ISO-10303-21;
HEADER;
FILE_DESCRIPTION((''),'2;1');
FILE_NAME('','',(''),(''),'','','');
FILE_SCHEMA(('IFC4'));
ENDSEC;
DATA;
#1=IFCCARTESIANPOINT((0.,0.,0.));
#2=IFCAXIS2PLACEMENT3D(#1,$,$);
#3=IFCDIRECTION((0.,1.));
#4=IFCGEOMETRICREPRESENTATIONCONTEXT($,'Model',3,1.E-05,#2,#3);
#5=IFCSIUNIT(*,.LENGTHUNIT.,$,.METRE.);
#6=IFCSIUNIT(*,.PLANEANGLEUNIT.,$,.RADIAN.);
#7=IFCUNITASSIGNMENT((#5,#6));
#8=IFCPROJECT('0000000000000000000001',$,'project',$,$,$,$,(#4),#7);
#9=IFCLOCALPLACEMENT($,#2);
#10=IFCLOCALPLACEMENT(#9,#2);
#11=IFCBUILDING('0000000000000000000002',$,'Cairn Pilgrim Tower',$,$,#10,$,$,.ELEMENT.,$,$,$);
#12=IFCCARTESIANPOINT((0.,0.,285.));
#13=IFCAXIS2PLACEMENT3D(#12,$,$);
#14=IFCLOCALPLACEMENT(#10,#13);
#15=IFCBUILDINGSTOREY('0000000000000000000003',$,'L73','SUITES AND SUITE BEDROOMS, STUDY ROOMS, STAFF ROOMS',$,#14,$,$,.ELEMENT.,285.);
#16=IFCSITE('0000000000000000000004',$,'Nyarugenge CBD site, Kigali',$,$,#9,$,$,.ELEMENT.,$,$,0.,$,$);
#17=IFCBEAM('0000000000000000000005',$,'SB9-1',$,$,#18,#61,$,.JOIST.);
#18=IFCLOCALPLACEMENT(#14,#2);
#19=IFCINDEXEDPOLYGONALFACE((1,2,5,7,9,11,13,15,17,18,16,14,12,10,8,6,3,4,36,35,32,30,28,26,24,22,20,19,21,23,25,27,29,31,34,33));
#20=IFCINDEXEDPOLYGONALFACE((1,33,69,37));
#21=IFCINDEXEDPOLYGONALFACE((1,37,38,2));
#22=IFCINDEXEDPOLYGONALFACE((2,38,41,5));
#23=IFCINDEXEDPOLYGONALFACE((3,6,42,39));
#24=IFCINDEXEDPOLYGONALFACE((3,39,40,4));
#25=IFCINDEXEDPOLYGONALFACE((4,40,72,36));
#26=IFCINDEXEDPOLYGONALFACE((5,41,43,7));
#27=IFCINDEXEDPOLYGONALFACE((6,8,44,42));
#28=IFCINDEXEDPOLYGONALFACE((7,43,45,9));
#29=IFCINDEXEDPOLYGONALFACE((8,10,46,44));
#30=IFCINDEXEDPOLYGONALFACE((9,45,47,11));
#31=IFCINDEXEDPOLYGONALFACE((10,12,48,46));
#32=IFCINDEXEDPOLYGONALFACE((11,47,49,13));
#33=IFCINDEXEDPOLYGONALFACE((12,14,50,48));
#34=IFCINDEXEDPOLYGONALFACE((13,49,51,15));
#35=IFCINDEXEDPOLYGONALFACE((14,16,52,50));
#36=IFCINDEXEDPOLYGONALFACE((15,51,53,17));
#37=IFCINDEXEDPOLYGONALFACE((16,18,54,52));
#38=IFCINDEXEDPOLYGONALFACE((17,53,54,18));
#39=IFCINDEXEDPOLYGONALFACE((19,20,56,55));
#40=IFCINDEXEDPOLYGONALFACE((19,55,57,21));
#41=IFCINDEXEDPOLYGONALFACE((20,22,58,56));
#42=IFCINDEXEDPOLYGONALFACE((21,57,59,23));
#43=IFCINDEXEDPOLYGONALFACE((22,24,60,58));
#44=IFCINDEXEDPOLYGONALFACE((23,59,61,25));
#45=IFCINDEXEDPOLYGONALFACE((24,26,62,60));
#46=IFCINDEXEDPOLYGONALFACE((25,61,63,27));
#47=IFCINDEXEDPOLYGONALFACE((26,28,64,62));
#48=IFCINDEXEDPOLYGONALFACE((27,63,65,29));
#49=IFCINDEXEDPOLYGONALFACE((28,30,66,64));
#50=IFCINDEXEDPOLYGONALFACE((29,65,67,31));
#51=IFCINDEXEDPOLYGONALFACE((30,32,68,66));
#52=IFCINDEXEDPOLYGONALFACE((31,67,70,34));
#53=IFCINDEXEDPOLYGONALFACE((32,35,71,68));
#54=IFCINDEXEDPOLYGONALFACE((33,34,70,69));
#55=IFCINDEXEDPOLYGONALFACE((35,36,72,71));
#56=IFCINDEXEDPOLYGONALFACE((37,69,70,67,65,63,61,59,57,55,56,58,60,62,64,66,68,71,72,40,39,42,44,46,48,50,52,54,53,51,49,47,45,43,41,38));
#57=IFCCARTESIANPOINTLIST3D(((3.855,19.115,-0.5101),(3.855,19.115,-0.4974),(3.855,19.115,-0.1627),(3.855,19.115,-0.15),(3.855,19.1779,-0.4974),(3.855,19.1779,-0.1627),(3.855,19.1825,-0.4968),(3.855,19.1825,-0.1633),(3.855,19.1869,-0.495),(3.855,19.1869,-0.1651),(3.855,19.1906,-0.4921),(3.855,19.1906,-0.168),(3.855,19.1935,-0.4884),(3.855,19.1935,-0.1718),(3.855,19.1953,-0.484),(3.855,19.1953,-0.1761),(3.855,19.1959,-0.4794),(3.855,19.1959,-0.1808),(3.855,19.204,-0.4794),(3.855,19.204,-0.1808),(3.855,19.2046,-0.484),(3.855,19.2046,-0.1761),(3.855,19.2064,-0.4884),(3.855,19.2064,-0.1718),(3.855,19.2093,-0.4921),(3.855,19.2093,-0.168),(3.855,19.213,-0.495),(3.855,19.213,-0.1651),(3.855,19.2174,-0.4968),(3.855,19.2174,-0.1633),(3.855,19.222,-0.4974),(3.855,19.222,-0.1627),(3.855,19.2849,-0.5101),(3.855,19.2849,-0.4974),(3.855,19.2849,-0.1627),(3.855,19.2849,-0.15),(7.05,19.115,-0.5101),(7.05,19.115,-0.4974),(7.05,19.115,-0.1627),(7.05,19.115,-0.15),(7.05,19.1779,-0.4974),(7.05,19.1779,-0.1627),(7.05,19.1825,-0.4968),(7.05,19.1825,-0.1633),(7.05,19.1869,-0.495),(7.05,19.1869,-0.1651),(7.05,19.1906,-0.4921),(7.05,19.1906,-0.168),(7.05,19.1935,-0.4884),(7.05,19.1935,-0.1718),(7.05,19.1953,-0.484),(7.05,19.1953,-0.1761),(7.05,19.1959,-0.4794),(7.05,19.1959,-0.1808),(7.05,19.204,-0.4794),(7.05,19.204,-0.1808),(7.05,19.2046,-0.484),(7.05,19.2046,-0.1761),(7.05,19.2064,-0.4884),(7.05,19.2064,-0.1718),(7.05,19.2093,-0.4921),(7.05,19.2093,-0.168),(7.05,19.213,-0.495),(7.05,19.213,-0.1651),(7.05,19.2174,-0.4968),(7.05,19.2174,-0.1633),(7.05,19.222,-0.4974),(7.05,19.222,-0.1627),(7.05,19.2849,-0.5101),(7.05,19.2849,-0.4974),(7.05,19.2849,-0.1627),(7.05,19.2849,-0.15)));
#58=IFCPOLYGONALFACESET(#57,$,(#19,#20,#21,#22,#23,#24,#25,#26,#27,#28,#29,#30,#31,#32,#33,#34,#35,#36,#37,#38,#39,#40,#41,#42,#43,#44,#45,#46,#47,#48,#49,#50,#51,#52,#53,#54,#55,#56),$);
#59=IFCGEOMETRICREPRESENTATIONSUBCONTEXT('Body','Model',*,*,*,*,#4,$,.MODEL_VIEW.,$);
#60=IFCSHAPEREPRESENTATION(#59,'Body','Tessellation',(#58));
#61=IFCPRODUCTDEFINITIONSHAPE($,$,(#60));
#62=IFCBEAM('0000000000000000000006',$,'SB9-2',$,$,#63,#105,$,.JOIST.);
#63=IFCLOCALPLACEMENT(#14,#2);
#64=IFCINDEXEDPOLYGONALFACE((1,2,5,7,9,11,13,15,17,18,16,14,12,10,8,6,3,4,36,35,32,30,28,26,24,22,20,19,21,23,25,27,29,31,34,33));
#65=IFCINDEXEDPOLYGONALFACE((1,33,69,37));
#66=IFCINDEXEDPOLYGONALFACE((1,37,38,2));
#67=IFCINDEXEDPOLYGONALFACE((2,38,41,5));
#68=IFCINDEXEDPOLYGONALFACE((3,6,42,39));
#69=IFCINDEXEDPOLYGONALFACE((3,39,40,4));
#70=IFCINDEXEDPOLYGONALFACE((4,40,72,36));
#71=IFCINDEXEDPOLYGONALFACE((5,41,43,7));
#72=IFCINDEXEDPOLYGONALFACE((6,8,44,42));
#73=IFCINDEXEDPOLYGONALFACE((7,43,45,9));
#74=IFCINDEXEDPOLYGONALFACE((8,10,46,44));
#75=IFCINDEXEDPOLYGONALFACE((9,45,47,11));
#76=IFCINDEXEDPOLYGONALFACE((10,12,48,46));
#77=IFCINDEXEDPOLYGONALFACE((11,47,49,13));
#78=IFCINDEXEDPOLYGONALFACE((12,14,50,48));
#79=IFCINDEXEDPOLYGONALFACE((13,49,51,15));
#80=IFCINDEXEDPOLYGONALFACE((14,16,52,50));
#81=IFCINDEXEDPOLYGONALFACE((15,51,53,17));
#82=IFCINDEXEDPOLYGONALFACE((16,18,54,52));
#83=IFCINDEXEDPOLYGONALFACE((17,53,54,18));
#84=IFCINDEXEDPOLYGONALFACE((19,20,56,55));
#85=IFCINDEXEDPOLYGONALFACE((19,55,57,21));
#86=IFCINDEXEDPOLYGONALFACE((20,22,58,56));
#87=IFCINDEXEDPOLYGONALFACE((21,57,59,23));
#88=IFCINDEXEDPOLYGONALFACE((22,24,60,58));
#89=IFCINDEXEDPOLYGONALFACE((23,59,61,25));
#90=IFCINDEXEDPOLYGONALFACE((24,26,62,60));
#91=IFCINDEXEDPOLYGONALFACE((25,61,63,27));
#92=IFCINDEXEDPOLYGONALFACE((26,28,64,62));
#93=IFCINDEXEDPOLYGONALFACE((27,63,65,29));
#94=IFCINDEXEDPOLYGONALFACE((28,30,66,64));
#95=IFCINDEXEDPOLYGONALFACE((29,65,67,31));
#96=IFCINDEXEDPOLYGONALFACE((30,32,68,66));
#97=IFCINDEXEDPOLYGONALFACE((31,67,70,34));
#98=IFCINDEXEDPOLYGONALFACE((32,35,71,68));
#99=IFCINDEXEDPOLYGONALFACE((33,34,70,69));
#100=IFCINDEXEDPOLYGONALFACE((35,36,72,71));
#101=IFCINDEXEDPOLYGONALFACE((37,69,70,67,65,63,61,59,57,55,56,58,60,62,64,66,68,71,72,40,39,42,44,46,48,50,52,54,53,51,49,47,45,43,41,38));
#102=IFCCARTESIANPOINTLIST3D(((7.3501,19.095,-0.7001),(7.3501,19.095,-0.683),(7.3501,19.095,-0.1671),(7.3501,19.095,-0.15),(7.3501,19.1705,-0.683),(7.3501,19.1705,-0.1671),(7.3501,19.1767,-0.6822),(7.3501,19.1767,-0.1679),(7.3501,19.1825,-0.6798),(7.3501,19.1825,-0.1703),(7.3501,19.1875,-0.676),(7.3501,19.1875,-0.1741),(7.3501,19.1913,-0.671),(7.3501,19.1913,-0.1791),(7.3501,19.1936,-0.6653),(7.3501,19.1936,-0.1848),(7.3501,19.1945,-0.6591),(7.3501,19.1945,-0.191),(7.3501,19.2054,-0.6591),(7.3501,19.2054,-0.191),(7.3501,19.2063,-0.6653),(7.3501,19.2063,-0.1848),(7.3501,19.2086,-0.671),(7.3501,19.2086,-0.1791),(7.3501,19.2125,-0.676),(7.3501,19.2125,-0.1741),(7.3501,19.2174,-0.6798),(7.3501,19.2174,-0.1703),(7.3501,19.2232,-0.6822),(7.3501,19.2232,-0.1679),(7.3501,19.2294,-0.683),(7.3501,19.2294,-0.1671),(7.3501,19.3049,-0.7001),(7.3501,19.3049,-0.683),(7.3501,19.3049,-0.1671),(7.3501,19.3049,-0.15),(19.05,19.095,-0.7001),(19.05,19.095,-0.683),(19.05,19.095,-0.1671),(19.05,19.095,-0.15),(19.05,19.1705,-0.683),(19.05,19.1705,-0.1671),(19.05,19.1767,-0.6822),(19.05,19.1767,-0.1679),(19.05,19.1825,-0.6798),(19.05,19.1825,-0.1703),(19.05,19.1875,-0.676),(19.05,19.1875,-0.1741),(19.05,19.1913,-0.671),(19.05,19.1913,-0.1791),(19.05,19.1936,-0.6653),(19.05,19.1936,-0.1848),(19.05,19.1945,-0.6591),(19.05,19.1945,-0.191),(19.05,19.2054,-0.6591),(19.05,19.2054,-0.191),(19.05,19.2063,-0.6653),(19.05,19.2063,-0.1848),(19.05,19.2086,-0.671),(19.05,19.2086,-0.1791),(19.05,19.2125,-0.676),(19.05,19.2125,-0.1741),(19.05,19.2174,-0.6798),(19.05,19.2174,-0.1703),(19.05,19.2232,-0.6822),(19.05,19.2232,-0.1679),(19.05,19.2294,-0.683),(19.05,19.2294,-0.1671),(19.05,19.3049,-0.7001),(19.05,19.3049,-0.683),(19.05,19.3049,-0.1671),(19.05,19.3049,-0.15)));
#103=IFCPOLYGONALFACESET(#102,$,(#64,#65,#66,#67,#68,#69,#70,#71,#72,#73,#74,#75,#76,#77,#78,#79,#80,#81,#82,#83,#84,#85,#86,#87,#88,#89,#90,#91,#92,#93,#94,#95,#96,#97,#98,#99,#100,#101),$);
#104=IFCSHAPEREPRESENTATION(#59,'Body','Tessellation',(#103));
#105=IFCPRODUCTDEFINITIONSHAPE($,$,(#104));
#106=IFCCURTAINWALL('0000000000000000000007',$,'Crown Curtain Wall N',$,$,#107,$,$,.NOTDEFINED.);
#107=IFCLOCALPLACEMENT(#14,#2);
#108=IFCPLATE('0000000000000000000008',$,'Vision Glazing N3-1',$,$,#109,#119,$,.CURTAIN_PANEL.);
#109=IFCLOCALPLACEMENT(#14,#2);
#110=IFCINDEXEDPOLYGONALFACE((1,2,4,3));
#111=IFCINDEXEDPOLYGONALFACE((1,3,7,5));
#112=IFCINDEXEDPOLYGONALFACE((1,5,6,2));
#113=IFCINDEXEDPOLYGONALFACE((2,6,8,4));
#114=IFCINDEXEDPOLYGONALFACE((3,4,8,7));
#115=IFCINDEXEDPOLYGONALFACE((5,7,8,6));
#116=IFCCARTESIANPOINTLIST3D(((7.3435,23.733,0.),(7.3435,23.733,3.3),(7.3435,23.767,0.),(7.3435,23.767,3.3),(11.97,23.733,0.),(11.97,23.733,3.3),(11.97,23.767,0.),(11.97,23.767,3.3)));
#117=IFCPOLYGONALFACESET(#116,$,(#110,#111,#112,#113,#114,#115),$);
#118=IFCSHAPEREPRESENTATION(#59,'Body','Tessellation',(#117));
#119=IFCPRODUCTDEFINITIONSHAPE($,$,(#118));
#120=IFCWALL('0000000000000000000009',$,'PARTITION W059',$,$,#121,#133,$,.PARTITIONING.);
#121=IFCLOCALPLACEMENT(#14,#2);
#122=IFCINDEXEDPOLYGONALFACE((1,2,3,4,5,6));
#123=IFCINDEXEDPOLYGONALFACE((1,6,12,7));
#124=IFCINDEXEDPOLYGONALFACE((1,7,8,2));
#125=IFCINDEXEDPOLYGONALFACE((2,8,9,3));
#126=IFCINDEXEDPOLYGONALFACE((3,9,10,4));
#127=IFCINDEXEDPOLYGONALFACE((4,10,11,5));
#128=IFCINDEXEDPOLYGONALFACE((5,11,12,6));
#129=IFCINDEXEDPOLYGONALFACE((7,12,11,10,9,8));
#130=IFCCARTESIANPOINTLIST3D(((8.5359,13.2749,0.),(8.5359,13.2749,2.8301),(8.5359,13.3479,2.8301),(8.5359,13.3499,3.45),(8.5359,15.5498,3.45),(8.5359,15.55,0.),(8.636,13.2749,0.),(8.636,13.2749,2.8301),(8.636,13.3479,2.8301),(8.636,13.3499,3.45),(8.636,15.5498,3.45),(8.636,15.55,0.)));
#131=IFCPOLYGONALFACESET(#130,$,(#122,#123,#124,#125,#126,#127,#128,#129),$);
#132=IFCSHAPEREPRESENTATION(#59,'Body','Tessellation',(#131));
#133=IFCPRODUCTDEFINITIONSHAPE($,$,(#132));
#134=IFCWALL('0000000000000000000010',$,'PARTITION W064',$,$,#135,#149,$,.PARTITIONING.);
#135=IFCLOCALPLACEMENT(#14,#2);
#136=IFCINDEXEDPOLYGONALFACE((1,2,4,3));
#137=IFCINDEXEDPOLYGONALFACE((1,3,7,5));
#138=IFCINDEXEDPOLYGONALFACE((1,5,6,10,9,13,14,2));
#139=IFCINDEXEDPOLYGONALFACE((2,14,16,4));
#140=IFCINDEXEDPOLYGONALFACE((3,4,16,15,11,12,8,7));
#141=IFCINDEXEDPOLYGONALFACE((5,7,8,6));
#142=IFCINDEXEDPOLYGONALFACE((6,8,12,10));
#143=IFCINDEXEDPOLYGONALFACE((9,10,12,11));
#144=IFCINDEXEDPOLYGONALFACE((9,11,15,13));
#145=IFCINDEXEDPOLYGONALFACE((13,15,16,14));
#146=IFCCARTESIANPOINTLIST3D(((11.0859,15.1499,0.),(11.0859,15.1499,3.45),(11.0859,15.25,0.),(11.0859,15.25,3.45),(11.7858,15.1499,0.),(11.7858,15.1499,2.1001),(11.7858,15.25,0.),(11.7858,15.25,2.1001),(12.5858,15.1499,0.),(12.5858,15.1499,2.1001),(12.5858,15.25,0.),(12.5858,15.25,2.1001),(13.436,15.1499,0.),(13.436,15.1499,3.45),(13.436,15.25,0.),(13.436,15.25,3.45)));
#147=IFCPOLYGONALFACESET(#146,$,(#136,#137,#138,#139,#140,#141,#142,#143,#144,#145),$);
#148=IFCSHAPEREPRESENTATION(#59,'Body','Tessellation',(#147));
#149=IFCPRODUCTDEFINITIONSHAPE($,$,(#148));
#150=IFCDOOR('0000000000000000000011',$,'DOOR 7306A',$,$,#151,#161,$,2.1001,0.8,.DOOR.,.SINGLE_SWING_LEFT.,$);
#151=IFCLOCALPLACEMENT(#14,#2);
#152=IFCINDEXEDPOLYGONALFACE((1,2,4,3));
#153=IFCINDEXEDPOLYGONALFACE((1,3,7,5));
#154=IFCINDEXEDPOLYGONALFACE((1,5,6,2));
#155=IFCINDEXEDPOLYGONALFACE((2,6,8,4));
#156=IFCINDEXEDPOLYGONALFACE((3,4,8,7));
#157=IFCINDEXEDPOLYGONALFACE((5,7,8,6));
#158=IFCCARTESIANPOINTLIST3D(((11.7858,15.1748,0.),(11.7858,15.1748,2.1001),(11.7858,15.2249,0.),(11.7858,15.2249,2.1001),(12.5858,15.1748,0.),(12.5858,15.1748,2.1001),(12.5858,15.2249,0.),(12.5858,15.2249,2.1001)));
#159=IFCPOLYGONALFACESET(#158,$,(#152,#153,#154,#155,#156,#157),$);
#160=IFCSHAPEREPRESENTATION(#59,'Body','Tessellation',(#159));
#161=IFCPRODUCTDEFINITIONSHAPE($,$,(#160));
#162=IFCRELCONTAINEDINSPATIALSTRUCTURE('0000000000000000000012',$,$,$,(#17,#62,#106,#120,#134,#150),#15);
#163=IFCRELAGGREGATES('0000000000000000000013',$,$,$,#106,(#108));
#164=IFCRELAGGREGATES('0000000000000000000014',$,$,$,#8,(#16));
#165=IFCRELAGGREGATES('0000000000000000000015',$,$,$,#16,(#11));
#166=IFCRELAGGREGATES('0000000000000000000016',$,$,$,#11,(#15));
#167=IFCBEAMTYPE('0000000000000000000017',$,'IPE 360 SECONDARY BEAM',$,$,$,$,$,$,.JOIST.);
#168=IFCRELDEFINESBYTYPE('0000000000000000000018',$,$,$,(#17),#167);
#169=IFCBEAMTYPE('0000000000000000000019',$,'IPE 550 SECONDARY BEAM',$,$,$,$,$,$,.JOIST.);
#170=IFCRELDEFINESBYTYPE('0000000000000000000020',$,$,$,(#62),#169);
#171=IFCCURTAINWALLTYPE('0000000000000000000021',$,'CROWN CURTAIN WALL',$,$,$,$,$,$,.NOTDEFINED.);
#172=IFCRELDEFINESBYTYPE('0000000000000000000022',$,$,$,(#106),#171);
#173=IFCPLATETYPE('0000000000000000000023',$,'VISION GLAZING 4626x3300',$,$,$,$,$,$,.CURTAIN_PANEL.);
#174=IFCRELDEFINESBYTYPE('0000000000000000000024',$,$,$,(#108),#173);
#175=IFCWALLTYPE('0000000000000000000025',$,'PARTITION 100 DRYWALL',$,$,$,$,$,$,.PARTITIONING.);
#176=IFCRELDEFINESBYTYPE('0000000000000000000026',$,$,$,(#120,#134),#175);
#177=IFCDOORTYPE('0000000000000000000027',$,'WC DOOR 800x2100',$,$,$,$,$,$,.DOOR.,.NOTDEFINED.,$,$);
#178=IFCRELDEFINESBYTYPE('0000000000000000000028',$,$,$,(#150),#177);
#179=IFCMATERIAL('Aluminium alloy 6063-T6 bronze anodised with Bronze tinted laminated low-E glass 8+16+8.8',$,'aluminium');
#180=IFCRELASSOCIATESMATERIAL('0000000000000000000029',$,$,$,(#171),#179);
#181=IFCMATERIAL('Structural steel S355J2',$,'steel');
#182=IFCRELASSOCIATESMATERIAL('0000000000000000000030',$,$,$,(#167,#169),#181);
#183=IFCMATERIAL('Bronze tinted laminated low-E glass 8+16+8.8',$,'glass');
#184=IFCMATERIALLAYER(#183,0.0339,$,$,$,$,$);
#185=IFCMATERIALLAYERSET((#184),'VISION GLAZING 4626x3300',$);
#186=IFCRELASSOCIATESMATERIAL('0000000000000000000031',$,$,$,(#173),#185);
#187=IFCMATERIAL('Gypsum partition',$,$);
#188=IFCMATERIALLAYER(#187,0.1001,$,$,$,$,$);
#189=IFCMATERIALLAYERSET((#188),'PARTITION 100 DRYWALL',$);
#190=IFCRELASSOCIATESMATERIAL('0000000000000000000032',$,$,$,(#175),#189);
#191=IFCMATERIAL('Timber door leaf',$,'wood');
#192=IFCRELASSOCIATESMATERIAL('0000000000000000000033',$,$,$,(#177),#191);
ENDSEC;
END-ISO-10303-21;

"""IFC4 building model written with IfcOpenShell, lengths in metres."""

from ifc_helpers import new_model, si_unit, direction, frame, frame_2d, origin, origin_2d, place, context, subcontext, project, spatial, polyline, rectangle, i_section, outline, extrude, material, layer, layer_set, material_profile, profile_set, type_object, element, fill, aggregate, save


model = new_model("IFC4")

# Units and contexts
model_context = context("Model", 3, precision=1e-05, world=origin(), true_north=direction((0.0, 1.0)))
body_context = subcontext(model_context, "Body", "Model", "MODEL_VIEW")
ifc_project = project(units=[si_unit("LENGTHUNIT", "METRE"), si_unit("PLANEANGLEUNIT", "RADIAN")], contexts=[model_context])

# Site, building, storey
site_placement = place(None, origin())
site = spatial("IfcSite", under=ifc_project, at=site_placement, Name="Nyarugenge CBD site, Kigali", CompositionType="ELEMENT", RefElevation=0.0)
building_placement = place(site_placement, origin())
building = spatial("IfcBuilding", under=site, at=building_placement, Name="Cairn Pilgrim Tower", CompositionType="ELEMENT")
storey_placement = place(building_placement, frame((0.0, 0.0, 285.0)))
storey = spatial("IfcBuildingStorey", under=building, at=storey_placement, Name="L73", Description="SUITES AND SUITE BEDROOMS, STUDY ROOMS, STAFF ROOMS", CompositionType="ELEMENT", Elevation=285.0)

# Shared definitions
ifc_material_1 = material(Name="Structural steel S355J2", Category="steel")

# Shared definitions
ifc_material_2 = material(Name="Aluminium alloy 6063-T6 bronze anodised with Bronze tinted laminated low-E glass 8+16+8.8", Category="aluminium")
curtain_wall_type = type_object("IfcCurtainWallType", Name="CROWN CURTAIN WALL", PredefinedType="NOTDEFINED", material=ifc_material_2)

# Beams
ifc_material_profile_1 = material_profile(ifc_material_1, i_section(OverallWidth=0.1699, OverallDepth=0.3601, WebThickness=0.0081, FlangeThickness=0.0127, FilletRadius=0.0181, at=origin_2d()), Name="IPE 360")
ifc_profile_set_1 = profile_set([ifc_material_profile_1], Name="Structural steel S355J2")
beam_type_1 = type_object("IfcBeamType", Name="IPE 360 SECONDARY BEAM", PredefinedType="JOIST", material=ifc_profile_set_1)
beam_1_placement = place(storey_placement, frame((3.855, 19.2, -0.3301), z_axis=(1.0, 0.0, 0.0), x_axis=(0.0, 1.0, 0.0)))
element("IfcBeam", 1, at=beam_1_placement, inside=storey, type_object=beam_type_1, Name="SB9-1", PredefinedType="JOIST", context=body_context, shape_type="SweptSolid", body=[
    extrude(i_section(OverallWidth=0.1699, OverallDepth=0.3601, WebThickness=0.0081, FlangeThickness=0.0127, FilletRadius=0.0181, at=origin_2d()), origin(), (0.0, 0.0, 1.0), 3.1951),
])
ifc_material_profile_2 = material_profile(ifc_material_1, i_section(OverallWidth=0.21, OverallDepth=0.55, WebThickness=0.011, FlangeThickness=0.0171, FilletRadius=0.0239, at=origin_2d()), Name="IPE 550")
ifc_profile_set_2 = profile_set([ifc_material_profile_2], Name="Structural steel S355J2")
beam_type_2 = type_object("IfcBeamType", Name="IPE 550 SECONDARY BEAM", PredefinedType="JOIST", material=ifc_profile_set_2)
beam_2_placement = place(storey_placement, frame((7.3501, 19.2, -0.425), z_axis=(1.0, 0.0, 0.0), x_axis=(0.0, 1.0, 0.0)))
element("IfcBeam", 2, at=beam_2_placement, inside=storey, type_object=beam_type_2, Name="SB9-2", PredefinedType="JOIST", context=body_context, shape_type="SweptSolid", body=[
    extrude(i_section(OverallWidth=0.21, OverallDepth=0.55, WebThickness=0.011, FlangeThickness=0.0171, FilletRadius=0.0239, at=origin_2d()), origin(), (0.0, 0.0, 1.0), 11.7),
])

# Curtain wall, plate
curtain_wall_1_placement = place(storey_placement, origin())
curtain_wall_1 = element("IfcCurtainWall", 3, at=curtain_wall_1_placement, inside=storey, type_object=curtain_wall_type, Name="Crown Curtain Wall N", PredefinedType="NOTDEFINED")
ifc_material_3 = material(Name="Bronze tinted laminated low-E glass 8+16+8.8", Category="glass")
ifc_layer_1 = layer(ifc_material_3, 0.0339)
ifc_layer_set_1 = layer_set([ifc_layer_1], Name="VISION GLAZING 4626x3300")
plate_type = type_object("IfcPlateType", Name="VISION GLAZING 4626x3300", PredefinedType="CURTAIN_PANEL", material=ifc_layer_set_1)
plate_placement = place(storey_placement, frame((9.6567, 23.75, 0.0), z_axis=(0.0, 0.0, 1.0), x_axis=(-1.0, 0.0, 0.0)))
plate = element("IfcPlate", 4, at=plate_placement, type_object=plate_type, Name="Vision Glazing N3-1", PredefinedType="CURTAIN_PANEL", context=body_context, shape_type="SweptSolid", body=[
    extrude(rectangle(XDim=4.6265, YDim=0.0339, at=origin_2d()), origin(), (0.0, 0.0, 1.0), 3.3),
])
aggregate(curtain_wall_1, [plate])

# Wall
ifc_material_4 = material(Name="Gypsum partition")
ifc_layer_2 = layer(ifc_material_4, 0.1001)
ifc_layer_set_2 = layer_set([ifc_layer_2], Name="PARTITION 100 DRYWALL")
wall_type_1 = type_object("IfcWallType", Name="PARTITION 100 DRYWALL", PredefinedType="PARTITIONING", material=ifc_layer_set_2)
wall_1_placement = place(storey_placement, frame((8.5859, 13.2749, 0.0), z_axis=(0.0, 0.0, 1.0), x_axis=(0.0, 1.0, 0.0)))
element("IfcWall", 5, at=wall_1_placement, inside=storey, type_object=wall_type_1, Name="PARTITION W059", PredefinedType="PARTITIONING", context=body_context, shape_type="SweptSolid", body=[
    extrude(outline(polyline([(0.0, 0.0), (2.2751, 0.0), (2.2749, 3.45), (0.075, 3.45), (0.073, 2.8301), (0.0, 2.8301), (0.0, 0.0)])), frame((0.0, 0.05, 0.0), z_axis=(0.0, -1.0, 0.0), x_axis=(1.0, 0.0, 0.0)), (0.0, 0.0, 1.0), 0.1001),
])

# Wall, opening, door
wall_2_placement = place(storey_placement, frame((11.0859, 15.2, 0.0), z_axis=(0.0, 0.0, 1.0), x_axis=(1.0, 0.0, 0.0)))
wall_2 = element("IfcWall", 6, at=wall_2_placement, inside=storey, type_object=wall_type_1, Name="PARTITION W064", PredefinedType="PARTITIONING", context=body_context, shape_type="SweptSolid", body=[
    extrude(rectangle(XDim=2.3501, YDim=0.1001, at=frame_2d((1.175, 0.0))), origin(), (0.0, 0.0, 1.0), 3.45),
])
opening_1_placement = place(wall_2_placement, frame((0.7, 0.0, 0.0)))
opening_1 = element("IfcOpeningElement", 7, at=opening_1_placement, cuts=wall_2, PredefinedType="OPENING", context=body_context, shape_type="SweptSolid", body=[
    extrude(rectangle(XDim=0.8, YDim=2.1001, at=frame_2d((0.3999, 1.05))), frame((0.0, 0.0601, 0.0), z_axis=(0.0, -1.0, 0.0), x_axis=(1.0, 0.0, 0.0)), (0.0, 0.0, 1.0), 0.1201),
])
ifc_material_5 = material(Name="Timber door leaf", Category="wood")
door_type_1 = type_object("IfcDoorType", Name="WC DOOR 800x2100", OperationType="NOTDEFINED", PredefinedType="DOOR", material=ifc_material_5)
door_1_placement = place(opening_1_placement, origin())
door_1 = element("IfcDoor", 8, at=door_1_placement, inside=storey, type_object=door_type_1, Name="DOOR 7306A", OperationType="SINGLE_SWING_LEFT", OverallHeight=2.1001, OverallWidth=0.8, PredefinedType="DOOR", context=body_context, shape_type="SweptSolid", body=[
    extrude(rectangle(XDim=0.8, YDim=2.1001, at=frame_2d((0.3999, 1.05))), frame((0.0, 0.0249, 0.0), z_axis=(0.0, -1.0, 0.0), x_axis=(1.0, 0.0, 0.0)), (0.0, 0.0, 1.0), 0.05),
])
fill(opening_1, door_1)

save(model, "model.ifc")
